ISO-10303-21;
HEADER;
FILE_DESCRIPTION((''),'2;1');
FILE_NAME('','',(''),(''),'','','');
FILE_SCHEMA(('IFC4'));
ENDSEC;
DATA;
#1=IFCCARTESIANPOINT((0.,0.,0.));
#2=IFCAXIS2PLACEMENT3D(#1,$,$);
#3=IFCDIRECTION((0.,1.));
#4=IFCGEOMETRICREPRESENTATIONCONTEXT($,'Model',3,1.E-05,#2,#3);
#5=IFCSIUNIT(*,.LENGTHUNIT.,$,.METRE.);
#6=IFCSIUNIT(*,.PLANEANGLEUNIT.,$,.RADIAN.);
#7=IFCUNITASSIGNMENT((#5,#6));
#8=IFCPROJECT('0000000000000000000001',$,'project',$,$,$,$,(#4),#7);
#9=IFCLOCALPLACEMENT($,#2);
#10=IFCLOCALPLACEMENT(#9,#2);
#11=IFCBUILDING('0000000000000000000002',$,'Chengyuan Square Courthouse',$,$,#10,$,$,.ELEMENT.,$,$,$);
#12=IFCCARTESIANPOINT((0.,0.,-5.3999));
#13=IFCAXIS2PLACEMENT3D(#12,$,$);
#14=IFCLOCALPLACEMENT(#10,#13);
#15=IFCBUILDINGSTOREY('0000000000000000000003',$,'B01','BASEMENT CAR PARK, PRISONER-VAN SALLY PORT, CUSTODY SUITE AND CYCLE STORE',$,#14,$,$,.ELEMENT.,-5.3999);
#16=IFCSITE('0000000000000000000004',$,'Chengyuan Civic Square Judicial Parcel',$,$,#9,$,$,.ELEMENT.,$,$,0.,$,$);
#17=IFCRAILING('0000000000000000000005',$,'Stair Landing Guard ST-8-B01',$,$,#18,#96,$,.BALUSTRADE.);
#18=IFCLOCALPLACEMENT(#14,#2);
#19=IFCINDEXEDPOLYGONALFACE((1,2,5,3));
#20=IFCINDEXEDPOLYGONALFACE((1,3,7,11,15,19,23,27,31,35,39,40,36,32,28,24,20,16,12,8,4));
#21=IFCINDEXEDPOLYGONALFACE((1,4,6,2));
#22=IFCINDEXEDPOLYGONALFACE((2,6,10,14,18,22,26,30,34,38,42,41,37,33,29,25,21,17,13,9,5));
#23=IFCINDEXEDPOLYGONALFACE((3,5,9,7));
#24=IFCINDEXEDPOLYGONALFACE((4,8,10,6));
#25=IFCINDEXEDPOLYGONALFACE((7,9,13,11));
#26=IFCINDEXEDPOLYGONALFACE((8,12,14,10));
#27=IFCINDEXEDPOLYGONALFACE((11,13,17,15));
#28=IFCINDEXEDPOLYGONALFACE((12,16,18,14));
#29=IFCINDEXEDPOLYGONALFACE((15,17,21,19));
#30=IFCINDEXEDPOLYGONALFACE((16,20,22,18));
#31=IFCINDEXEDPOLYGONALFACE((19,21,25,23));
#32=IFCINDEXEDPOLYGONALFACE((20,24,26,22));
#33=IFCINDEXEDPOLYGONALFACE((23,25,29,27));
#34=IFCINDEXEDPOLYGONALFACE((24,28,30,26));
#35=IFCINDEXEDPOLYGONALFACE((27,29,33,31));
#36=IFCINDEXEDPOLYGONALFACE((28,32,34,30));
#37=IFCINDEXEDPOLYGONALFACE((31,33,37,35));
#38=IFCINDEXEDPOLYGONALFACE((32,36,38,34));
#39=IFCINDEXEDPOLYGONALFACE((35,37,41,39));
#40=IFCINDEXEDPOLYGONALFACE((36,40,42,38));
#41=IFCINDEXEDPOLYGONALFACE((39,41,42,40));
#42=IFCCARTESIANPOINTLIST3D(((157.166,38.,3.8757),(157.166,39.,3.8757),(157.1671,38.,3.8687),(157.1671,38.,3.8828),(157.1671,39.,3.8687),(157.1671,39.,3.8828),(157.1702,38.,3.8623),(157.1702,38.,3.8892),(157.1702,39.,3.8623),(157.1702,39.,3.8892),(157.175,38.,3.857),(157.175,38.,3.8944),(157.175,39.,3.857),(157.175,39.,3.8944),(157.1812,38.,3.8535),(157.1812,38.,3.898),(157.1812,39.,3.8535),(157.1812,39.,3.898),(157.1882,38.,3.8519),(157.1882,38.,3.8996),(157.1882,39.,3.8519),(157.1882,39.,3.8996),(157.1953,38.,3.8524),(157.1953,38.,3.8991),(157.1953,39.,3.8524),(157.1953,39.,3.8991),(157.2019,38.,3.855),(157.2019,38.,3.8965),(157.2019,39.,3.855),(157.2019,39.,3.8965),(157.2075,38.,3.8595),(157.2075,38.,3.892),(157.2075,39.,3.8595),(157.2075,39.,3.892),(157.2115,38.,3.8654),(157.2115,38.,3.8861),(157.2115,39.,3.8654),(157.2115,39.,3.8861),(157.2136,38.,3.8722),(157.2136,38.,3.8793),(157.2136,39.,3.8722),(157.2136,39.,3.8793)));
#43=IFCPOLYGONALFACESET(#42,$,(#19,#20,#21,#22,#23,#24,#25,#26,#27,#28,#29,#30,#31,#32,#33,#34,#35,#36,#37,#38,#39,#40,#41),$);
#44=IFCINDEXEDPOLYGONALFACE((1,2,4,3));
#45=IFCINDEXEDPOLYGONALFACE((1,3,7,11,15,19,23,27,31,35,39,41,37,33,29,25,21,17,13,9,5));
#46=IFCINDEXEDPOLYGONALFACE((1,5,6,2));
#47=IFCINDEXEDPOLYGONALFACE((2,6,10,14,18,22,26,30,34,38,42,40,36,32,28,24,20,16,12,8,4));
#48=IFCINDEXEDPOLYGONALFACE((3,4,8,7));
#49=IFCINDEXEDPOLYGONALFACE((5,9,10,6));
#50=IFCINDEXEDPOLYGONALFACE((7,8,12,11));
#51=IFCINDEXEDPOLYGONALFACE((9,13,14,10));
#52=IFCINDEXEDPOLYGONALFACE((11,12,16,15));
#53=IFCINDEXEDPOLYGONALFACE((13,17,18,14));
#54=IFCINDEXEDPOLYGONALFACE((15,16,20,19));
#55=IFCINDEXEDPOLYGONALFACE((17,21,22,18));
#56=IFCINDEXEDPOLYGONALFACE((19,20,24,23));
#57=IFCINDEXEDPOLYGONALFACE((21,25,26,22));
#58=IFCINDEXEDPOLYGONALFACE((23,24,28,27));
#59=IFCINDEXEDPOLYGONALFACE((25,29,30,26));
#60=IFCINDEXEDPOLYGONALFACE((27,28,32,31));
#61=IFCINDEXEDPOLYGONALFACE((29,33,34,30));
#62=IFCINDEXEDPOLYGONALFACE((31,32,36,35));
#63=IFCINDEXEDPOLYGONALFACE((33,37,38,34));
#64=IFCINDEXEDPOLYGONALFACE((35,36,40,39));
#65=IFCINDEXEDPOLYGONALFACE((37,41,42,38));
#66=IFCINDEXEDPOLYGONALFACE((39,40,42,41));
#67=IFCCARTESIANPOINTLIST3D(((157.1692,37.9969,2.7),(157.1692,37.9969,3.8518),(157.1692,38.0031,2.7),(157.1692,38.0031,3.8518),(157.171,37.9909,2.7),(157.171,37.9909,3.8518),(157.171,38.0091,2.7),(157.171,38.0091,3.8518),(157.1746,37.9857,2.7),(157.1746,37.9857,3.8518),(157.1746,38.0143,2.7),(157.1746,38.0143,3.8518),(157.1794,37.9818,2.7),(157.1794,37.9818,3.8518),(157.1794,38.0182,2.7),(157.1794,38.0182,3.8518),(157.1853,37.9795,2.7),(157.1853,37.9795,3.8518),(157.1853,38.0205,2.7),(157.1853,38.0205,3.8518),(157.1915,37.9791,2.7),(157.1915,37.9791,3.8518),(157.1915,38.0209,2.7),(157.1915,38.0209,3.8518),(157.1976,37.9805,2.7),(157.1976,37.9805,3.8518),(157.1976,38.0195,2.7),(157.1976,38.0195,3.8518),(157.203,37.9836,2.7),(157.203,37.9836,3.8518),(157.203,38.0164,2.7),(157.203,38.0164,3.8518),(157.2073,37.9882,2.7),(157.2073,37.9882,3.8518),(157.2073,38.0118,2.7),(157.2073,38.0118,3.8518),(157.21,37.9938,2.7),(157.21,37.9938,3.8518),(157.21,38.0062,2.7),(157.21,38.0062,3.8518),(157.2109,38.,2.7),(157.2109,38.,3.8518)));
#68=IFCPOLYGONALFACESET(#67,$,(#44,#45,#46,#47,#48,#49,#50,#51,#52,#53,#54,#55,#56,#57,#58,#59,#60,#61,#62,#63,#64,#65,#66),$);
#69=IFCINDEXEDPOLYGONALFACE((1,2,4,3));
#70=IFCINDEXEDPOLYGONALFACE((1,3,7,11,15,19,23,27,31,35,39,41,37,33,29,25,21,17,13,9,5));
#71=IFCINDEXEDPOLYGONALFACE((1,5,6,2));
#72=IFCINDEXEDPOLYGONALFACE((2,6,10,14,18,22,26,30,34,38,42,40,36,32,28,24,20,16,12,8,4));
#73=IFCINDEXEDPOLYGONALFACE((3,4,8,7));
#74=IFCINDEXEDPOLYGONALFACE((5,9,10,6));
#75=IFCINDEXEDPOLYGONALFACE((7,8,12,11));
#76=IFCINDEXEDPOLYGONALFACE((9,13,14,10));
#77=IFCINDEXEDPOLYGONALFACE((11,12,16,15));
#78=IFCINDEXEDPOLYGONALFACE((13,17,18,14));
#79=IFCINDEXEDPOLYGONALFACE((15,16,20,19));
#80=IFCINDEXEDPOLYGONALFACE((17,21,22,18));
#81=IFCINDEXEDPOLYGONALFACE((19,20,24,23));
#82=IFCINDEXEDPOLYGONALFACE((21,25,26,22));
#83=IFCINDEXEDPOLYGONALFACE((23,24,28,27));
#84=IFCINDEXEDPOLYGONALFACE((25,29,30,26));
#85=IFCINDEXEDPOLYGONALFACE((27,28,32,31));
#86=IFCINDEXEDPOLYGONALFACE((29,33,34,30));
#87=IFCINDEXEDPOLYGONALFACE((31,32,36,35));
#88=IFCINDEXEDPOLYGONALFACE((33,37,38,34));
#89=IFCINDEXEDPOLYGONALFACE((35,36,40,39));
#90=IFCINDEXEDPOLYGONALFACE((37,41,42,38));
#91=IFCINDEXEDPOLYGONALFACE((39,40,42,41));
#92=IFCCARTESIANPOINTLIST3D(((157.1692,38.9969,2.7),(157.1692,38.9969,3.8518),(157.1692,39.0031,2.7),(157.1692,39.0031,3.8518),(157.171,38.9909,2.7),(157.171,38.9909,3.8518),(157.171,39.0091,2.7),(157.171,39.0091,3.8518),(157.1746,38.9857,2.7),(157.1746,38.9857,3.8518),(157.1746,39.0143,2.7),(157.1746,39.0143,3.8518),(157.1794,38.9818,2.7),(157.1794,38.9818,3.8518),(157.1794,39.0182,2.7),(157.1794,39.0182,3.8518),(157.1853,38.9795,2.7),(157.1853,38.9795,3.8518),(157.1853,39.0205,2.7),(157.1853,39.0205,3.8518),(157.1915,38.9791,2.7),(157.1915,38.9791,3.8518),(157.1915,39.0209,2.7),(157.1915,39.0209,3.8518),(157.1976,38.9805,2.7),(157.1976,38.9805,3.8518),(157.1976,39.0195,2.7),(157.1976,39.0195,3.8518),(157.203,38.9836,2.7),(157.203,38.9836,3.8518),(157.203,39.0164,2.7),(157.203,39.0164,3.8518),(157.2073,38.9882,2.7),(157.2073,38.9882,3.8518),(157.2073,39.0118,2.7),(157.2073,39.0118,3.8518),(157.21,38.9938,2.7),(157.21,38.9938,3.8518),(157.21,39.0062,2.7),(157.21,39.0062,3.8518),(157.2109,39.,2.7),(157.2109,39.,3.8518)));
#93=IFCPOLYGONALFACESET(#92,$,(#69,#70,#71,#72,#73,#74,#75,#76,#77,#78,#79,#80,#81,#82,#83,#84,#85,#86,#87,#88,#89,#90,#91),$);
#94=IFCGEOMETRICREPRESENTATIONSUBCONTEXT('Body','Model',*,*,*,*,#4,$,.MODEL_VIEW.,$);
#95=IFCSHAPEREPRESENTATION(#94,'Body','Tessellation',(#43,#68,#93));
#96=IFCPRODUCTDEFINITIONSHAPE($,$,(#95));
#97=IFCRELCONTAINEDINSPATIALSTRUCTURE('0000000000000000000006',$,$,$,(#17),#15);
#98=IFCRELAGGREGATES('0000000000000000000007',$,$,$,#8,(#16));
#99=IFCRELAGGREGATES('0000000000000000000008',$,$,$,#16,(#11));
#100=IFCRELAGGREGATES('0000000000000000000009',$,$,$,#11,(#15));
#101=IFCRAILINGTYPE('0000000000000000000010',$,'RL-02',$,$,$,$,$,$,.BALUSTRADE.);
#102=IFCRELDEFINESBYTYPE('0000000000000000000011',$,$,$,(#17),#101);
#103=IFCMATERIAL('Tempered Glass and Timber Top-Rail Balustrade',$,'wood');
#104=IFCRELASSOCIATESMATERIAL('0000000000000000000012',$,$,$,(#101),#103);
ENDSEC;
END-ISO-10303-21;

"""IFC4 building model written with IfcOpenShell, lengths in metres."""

from ifc_helpers import new_model, si_unit, direction, frame, origin, origin_2d, place, context, subcontext, project, spatial, circle, extrude, material, type_object, element, save


model = new_model("IFC4")

# Units and contexts
model_context = context("Model", 3, precision=1e-05, world=origin(), true_north=direction((0.0, 1.0)))
body_context = subcontext(model_context, "Body", "Model", "MODEL_VIEW")
ifc_project = project(units=[si_unit("LENGTHUNIT", "METRE"), si_unit("PLANEANGLEUNIT", "RADIAN")], contexts=[model_context])

# Site, building, storey
site_placement = place(None, origin())
site = spatial("IfcSite", under=ifc_project, at=site_placement, Name="Chengyuan Civic Square Judicial Parcel", CompositionType="ELEMENT", RefElevation=0.0)
building_placement = place(site_placement, origin())
building = spatial("IfcBuilding", under=site, at=building_placement, Name="Chengyuan Square Courthouse", CompositionType="ELEMENT")
storey_placement = place(building_placement, frame((0.0, 0.0, -5.3999)))
storey = spatial("IfcBuildingStorey", under=building, at=storey_placement, Name="B01", Description="BASEMENT CAR PARK, PRISONER-VAN SALLY PORT, CUSTODY SUITE AND CYCLE STORE", CompositionType="ELEMENT", Elevation=-5.3999)

# Railing
ifc_material_1 = material(Name="Tempered Glass and Timber Top-Rail Balustrade", Category="wood")
railing_type_1 = type_object("IfcRailingType", Name="RL-02", PredefinedType="BALUSTRADE", material=ifc_material_1)
for number, where, name in (
    (1, (157.1899, 38.0, 2.7), "Stair Landing Guard ST-8-B01"),
):
    element("IfcRailing", number, at=place(storey_placement, frame(where)), inside=storey, type_object=railing_type_1, Name=name, PredefinedType="BALUSTRADE", context=body_context, shape_type="SweptSolid", body=[
        extrude(circle(Radius=0.0239, at=origin_2d()), frame((0.0, 0.0, 1.1758), z_axis=(0.0, 1.0, 0.0), x_axis=(-1.0, 0.0, 0.0)), (0.0, 0.0, 1.0), 1.0),
        extrude(circle(Radius=0.021, at=origin_2d()), origin(), (0.0, 0.0, 1.0), 1.1519),
        extrude(circle(Radius=0.021, at=origin_2d()), frame((0.0, 1.0, 0.0)), (0.0, 0.0, 1.0), 1.1519),
    ])

save(model, "model.ifc")
